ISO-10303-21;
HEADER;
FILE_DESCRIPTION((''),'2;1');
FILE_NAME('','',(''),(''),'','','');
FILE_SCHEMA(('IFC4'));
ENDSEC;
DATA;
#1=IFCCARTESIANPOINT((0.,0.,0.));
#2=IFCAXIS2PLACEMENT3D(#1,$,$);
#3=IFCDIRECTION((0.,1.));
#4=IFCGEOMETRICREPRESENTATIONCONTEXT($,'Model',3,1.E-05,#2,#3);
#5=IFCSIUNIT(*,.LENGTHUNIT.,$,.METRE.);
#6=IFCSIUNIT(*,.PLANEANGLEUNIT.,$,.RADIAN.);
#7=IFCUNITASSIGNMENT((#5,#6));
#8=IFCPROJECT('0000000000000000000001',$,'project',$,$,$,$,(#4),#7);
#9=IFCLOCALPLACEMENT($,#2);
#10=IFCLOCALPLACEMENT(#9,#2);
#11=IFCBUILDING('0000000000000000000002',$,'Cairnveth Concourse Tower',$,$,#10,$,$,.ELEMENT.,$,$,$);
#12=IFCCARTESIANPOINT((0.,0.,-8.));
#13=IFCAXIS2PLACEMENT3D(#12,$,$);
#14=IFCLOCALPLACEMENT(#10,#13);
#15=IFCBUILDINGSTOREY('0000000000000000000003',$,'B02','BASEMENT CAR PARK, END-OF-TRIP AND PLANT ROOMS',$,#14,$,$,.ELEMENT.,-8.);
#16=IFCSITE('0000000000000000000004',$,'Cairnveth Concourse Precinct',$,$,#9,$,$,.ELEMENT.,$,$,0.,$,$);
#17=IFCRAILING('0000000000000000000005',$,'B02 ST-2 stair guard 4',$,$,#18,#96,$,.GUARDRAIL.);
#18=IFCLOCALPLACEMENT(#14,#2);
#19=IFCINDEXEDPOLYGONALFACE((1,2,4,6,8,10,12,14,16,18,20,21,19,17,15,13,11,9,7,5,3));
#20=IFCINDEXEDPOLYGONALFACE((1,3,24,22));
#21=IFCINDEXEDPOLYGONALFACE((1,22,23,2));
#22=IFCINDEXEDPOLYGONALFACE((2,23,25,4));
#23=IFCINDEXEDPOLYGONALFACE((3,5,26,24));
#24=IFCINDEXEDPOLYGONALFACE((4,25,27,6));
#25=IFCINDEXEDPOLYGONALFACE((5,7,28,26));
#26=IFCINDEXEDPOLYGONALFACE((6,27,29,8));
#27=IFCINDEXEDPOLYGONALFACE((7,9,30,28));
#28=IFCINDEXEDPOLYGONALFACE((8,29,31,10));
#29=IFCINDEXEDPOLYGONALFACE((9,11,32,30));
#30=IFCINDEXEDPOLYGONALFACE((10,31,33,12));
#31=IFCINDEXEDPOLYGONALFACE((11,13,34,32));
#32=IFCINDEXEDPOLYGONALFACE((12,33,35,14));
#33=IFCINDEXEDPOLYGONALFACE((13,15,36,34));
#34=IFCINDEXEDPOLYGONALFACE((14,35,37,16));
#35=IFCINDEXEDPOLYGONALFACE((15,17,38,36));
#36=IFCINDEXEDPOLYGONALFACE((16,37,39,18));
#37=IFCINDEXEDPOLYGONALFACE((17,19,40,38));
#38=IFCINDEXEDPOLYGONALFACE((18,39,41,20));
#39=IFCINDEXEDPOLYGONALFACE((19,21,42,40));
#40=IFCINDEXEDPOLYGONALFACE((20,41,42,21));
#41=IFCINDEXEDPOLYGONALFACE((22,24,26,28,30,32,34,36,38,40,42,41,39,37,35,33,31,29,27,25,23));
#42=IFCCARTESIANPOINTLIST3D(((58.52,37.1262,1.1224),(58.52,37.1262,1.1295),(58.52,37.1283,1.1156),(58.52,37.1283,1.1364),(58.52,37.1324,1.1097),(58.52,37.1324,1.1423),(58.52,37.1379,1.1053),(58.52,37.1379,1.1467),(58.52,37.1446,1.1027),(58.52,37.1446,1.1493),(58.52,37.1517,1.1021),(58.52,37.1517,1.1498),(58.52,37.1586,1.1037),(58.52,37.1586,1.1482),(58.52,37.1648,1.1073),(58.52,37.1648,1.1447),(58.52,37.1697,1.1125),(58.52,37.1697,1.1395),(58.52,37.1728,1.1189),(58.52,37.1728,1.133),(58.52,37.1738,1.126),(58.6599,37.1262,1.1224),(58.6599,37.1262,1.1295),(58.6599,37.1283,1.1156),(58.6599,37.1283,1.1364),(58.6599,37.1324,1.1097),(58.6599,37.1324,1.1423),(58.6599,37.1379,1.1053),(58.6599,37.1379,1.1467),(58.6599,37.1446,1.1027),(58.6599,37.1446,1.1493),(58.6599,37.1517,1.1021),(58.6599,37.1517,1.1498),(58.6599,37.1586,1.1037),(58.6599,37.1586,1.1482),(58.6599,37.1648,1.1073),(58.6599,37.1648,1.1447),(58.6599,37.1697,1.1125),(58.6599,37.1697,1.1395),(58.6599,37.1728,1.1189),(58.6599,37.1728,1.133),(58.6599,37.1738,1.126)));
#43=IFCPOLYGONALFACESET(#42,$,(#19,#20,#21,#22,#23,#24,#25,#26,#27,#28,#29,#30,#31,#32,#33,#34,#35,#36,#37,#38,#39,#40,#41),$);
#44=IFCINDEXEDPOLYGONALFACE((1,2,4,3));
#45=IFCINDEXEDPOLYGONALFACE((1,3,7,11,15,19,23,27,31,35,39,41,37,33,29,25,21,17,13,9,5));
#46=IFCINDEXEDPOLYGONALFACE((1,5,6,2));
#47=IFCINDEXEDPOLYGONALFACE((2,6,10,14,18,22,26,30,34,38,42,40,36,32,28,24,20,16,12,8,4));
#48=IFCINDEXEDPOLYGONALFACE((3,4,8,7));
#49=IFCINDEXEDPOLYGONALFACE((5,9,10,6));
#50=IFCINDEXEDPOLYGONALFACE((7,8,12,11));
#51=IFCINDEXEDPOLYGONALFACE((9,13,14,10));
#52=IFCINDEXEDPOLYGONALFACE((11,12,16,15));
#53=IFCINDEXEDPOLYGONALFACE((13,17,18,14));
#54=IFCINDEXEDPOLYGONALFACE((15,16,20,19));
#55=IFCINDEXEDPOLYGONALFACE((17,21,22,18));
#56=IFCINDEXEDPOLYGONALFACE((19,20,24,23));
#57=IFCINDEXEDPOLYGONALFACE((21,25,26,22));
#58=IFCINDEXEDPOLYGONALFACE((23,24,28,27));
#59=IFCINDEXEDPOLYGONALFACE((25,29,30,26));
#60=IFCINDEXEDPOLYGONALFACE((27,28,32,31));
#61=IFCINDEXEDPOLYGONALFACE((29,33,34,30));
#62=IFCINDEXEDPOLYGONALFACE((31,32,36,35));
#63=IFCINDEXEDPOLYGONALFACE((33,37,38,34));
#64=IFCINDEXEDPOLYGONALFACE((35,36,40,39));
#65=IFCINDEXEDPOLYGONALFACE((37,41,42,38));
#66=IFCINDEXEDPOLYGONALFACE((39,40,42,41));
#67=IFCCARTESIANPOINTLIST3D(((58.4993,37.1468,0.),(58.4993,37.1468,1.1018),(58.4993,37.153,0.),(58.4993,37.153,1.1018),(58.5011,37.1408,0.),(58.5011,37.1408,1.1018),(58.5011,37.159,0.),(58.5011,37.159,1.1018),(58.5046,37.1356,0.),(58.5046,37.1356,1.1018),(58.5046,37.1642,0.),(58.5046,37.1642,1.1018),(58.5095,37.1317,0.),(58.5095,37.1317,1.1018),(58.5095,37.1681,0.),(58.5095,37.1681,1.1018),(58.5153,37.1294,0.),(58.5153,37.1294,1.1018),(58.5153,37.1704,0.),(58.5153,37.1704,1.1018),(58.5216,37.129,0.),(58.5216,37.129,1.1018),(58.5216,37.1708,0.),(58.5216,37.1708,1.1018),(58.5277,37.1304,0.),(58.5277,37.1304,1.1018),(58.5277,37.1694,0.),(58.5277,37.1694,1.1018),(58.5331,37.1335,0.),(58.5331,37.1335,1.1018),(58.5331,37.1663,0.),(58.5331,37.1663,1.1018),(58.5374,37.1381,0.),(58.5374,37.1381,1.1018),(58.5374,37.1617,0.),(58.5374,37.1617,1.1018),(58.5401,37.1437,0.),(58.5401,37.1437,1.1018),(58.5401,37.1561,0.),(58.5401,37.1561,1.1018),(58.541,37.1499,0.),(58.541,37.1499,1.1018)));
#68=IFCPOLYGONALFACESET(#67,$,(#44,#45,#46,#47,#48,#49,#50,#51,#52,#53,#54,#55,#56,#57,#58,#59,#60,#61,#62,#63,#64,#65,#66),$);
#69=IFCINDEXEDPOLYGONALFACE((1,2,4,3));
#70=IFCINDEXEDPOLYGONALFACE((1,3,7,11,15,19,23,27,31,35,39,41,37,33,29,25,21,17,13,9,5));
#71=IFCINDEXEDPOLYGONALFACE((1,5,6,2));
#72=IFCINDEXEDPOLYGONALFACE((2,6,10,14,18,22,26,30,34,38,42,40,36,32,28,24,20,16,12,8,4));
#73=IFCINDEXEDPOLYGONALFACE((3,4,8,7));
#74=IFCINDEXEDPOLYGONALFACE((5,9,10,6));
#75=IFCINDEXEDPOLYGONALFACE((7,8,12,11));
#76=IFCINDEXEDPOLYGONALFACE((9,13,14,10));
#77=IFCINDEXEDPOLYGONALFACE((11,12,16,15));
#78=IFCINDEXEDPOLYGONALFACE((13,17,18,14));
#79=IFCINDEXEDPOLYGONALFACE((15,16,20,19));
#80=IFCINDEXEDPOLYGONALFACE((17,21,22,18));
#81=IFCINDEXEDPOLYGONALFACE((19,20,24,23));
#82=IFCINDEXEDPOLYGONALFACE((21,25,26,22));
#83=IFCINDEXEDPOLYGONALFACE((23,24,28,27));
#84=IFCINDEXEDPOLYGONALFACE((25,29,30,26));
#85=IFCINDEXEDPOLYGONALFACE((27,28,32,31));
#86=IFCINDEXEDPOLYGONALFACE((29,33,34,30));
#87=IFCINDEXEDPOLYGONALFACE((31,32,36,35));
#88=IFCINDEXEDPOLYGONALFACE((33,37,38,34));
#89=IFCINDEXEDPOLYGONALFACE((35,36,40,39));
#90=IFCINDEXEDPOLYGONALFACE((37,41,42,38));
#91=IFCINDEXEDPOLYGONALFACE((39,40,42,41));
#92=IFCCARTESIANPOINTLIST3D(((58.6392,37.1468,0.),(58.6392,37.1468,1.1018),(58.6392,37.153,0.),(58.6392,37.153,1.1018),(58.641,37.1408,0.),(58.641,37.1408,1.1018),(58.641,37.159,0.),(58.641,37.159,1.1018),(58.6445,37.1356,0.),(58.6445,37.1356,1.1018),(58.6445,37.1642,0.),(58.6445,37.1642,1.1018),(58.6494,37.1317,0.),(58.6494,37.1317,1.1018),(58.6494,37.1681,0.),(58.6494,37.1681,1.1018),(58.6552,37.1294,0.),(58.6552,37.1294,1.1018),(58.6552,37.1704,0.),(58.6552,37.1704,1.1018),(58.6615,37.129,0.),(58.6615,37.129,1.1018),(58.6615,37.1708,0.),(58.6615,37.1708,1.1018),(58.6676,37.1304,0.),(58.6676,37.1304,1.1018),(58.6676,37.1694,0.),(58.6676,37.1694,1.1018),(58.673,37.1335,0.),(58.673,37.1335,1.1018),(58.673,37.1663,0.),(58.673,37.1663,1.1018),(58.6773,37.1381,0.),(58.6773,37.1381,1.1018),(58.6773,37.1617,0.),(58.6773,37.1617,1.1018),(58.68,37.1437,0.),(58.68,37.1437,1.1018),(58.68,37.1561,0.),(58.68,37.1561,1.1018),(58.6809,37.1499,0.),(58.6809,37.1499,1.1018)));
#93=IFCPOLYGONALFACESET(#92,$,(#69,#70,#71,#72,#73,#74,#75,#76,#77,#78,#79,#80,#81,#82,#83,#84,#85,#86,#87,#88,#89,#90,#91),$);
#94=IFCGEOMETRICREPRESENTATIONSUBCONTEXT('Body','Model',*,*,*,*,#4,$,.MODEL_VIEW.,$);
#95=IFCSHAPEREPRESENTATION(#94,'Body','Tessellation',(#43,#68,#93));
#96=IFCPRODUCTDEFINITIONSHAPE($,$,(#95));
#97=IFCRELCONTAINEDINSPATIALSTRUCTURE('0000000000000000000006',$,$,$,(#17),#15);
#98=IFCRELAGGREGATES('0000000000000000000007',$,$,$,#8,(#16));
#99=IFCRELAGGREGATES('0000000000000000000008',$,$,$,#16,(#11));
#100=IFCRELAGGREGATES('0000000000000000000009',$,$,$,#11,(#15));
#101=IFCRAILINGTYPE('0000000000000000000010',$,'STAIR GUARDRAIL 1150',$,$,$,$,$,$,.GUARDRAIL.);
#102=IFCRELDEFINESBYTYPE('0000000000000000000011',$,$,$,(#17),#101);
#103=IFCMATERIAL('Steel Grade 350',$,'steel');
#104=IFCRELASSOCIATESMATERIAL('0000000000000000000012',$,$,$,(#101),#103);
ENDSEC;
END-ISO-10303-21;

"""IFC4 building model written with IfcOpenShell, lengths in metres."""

from ifc_helpers import new_model, si_unit, direction, frame, origin, origin_2d, place, context, subcontext, project, spatial, circle, extrude, material, type_object, element, save


model = new_model("IFC4")

# Units and contexts
model_context = context("Model", 3, precision=1e-05, world=origin(), true_north=direction((0.0, 1.0)))
body_context = subcontext(model_context, "Body", "Model", "MODEL_VIEW")
ifc_project = project(units=[si_unit("LENGTHUNIT", "METRE"), si_unit("PLANEANGLEUNIT", "RADIAN")], contexts=[model_context])

# Site, building, storey
site_placement = place(None, origin())
site = spatial("IfcSite", under=ifc_project, at=site_placement, Name="Cairnveth Concourse Precinct", CompositionType="ELEMENT", RefElevation=0.0)
building_placement = place(site_placement, origin())
building = spatial("IfcBuilding", under=site, at=building_placement, Name="Cairnveth Concourse Tower", CompositionType="ELEMENT")
storey_placement = place(building_placement, frame((0.0, 0.0, -8.0)))
storey = spatial("IfcBuildingStorey", under=building, at=storey_placement, Name="B02", Description="BASEMENT CAR PARK, END-OF-TRIP AND PLANT ROOMS", CompositionType="ELEMENT", Elevation=-8.0)

# Shared definitions
ifc_material_1 = material(Name="Steel Grade 350", Category="steel")

# Railing
railing_type_1 = type_object("IfcRailingType", Name="STAIR GUARDRAIL 1150", PredefinedType="GUARDRAIL", material=ifc_material_1)
railing_1_placement = place(storey_placement, frame((58.52, 37.1499, 0.0)))
element("IfcRailing", 1, at=railing_1_placement, inside=storey, type_object=railing_type_1, Name="B02 ST-2 stair guard 4", PredefinedType="GUARDRAIL", context=body_context, shape_type="SweptSolid", body=[
    extrude(circle(Radius=0.0239, at=origin_2d()), frame((0.0, 0.0, 1.126), z_axis=(1.0, 0.0, 0.0), x_axis=(0.0, 1.0, 0.0)), (0.0, 0.0, 1.0), 0.1399),
    extrude(circle(Radius=0.021, at=origin_2d()), origin(), (0.0, 0.0, 1.0), 1.1018),
    extrude(circle(Radius=0.021, at=origin_2d()), frame((0.1399, 0.0, 0.0)), (0.0, 0.0, 1.0), 1.1018),
])

save(model, "model.ifc")
